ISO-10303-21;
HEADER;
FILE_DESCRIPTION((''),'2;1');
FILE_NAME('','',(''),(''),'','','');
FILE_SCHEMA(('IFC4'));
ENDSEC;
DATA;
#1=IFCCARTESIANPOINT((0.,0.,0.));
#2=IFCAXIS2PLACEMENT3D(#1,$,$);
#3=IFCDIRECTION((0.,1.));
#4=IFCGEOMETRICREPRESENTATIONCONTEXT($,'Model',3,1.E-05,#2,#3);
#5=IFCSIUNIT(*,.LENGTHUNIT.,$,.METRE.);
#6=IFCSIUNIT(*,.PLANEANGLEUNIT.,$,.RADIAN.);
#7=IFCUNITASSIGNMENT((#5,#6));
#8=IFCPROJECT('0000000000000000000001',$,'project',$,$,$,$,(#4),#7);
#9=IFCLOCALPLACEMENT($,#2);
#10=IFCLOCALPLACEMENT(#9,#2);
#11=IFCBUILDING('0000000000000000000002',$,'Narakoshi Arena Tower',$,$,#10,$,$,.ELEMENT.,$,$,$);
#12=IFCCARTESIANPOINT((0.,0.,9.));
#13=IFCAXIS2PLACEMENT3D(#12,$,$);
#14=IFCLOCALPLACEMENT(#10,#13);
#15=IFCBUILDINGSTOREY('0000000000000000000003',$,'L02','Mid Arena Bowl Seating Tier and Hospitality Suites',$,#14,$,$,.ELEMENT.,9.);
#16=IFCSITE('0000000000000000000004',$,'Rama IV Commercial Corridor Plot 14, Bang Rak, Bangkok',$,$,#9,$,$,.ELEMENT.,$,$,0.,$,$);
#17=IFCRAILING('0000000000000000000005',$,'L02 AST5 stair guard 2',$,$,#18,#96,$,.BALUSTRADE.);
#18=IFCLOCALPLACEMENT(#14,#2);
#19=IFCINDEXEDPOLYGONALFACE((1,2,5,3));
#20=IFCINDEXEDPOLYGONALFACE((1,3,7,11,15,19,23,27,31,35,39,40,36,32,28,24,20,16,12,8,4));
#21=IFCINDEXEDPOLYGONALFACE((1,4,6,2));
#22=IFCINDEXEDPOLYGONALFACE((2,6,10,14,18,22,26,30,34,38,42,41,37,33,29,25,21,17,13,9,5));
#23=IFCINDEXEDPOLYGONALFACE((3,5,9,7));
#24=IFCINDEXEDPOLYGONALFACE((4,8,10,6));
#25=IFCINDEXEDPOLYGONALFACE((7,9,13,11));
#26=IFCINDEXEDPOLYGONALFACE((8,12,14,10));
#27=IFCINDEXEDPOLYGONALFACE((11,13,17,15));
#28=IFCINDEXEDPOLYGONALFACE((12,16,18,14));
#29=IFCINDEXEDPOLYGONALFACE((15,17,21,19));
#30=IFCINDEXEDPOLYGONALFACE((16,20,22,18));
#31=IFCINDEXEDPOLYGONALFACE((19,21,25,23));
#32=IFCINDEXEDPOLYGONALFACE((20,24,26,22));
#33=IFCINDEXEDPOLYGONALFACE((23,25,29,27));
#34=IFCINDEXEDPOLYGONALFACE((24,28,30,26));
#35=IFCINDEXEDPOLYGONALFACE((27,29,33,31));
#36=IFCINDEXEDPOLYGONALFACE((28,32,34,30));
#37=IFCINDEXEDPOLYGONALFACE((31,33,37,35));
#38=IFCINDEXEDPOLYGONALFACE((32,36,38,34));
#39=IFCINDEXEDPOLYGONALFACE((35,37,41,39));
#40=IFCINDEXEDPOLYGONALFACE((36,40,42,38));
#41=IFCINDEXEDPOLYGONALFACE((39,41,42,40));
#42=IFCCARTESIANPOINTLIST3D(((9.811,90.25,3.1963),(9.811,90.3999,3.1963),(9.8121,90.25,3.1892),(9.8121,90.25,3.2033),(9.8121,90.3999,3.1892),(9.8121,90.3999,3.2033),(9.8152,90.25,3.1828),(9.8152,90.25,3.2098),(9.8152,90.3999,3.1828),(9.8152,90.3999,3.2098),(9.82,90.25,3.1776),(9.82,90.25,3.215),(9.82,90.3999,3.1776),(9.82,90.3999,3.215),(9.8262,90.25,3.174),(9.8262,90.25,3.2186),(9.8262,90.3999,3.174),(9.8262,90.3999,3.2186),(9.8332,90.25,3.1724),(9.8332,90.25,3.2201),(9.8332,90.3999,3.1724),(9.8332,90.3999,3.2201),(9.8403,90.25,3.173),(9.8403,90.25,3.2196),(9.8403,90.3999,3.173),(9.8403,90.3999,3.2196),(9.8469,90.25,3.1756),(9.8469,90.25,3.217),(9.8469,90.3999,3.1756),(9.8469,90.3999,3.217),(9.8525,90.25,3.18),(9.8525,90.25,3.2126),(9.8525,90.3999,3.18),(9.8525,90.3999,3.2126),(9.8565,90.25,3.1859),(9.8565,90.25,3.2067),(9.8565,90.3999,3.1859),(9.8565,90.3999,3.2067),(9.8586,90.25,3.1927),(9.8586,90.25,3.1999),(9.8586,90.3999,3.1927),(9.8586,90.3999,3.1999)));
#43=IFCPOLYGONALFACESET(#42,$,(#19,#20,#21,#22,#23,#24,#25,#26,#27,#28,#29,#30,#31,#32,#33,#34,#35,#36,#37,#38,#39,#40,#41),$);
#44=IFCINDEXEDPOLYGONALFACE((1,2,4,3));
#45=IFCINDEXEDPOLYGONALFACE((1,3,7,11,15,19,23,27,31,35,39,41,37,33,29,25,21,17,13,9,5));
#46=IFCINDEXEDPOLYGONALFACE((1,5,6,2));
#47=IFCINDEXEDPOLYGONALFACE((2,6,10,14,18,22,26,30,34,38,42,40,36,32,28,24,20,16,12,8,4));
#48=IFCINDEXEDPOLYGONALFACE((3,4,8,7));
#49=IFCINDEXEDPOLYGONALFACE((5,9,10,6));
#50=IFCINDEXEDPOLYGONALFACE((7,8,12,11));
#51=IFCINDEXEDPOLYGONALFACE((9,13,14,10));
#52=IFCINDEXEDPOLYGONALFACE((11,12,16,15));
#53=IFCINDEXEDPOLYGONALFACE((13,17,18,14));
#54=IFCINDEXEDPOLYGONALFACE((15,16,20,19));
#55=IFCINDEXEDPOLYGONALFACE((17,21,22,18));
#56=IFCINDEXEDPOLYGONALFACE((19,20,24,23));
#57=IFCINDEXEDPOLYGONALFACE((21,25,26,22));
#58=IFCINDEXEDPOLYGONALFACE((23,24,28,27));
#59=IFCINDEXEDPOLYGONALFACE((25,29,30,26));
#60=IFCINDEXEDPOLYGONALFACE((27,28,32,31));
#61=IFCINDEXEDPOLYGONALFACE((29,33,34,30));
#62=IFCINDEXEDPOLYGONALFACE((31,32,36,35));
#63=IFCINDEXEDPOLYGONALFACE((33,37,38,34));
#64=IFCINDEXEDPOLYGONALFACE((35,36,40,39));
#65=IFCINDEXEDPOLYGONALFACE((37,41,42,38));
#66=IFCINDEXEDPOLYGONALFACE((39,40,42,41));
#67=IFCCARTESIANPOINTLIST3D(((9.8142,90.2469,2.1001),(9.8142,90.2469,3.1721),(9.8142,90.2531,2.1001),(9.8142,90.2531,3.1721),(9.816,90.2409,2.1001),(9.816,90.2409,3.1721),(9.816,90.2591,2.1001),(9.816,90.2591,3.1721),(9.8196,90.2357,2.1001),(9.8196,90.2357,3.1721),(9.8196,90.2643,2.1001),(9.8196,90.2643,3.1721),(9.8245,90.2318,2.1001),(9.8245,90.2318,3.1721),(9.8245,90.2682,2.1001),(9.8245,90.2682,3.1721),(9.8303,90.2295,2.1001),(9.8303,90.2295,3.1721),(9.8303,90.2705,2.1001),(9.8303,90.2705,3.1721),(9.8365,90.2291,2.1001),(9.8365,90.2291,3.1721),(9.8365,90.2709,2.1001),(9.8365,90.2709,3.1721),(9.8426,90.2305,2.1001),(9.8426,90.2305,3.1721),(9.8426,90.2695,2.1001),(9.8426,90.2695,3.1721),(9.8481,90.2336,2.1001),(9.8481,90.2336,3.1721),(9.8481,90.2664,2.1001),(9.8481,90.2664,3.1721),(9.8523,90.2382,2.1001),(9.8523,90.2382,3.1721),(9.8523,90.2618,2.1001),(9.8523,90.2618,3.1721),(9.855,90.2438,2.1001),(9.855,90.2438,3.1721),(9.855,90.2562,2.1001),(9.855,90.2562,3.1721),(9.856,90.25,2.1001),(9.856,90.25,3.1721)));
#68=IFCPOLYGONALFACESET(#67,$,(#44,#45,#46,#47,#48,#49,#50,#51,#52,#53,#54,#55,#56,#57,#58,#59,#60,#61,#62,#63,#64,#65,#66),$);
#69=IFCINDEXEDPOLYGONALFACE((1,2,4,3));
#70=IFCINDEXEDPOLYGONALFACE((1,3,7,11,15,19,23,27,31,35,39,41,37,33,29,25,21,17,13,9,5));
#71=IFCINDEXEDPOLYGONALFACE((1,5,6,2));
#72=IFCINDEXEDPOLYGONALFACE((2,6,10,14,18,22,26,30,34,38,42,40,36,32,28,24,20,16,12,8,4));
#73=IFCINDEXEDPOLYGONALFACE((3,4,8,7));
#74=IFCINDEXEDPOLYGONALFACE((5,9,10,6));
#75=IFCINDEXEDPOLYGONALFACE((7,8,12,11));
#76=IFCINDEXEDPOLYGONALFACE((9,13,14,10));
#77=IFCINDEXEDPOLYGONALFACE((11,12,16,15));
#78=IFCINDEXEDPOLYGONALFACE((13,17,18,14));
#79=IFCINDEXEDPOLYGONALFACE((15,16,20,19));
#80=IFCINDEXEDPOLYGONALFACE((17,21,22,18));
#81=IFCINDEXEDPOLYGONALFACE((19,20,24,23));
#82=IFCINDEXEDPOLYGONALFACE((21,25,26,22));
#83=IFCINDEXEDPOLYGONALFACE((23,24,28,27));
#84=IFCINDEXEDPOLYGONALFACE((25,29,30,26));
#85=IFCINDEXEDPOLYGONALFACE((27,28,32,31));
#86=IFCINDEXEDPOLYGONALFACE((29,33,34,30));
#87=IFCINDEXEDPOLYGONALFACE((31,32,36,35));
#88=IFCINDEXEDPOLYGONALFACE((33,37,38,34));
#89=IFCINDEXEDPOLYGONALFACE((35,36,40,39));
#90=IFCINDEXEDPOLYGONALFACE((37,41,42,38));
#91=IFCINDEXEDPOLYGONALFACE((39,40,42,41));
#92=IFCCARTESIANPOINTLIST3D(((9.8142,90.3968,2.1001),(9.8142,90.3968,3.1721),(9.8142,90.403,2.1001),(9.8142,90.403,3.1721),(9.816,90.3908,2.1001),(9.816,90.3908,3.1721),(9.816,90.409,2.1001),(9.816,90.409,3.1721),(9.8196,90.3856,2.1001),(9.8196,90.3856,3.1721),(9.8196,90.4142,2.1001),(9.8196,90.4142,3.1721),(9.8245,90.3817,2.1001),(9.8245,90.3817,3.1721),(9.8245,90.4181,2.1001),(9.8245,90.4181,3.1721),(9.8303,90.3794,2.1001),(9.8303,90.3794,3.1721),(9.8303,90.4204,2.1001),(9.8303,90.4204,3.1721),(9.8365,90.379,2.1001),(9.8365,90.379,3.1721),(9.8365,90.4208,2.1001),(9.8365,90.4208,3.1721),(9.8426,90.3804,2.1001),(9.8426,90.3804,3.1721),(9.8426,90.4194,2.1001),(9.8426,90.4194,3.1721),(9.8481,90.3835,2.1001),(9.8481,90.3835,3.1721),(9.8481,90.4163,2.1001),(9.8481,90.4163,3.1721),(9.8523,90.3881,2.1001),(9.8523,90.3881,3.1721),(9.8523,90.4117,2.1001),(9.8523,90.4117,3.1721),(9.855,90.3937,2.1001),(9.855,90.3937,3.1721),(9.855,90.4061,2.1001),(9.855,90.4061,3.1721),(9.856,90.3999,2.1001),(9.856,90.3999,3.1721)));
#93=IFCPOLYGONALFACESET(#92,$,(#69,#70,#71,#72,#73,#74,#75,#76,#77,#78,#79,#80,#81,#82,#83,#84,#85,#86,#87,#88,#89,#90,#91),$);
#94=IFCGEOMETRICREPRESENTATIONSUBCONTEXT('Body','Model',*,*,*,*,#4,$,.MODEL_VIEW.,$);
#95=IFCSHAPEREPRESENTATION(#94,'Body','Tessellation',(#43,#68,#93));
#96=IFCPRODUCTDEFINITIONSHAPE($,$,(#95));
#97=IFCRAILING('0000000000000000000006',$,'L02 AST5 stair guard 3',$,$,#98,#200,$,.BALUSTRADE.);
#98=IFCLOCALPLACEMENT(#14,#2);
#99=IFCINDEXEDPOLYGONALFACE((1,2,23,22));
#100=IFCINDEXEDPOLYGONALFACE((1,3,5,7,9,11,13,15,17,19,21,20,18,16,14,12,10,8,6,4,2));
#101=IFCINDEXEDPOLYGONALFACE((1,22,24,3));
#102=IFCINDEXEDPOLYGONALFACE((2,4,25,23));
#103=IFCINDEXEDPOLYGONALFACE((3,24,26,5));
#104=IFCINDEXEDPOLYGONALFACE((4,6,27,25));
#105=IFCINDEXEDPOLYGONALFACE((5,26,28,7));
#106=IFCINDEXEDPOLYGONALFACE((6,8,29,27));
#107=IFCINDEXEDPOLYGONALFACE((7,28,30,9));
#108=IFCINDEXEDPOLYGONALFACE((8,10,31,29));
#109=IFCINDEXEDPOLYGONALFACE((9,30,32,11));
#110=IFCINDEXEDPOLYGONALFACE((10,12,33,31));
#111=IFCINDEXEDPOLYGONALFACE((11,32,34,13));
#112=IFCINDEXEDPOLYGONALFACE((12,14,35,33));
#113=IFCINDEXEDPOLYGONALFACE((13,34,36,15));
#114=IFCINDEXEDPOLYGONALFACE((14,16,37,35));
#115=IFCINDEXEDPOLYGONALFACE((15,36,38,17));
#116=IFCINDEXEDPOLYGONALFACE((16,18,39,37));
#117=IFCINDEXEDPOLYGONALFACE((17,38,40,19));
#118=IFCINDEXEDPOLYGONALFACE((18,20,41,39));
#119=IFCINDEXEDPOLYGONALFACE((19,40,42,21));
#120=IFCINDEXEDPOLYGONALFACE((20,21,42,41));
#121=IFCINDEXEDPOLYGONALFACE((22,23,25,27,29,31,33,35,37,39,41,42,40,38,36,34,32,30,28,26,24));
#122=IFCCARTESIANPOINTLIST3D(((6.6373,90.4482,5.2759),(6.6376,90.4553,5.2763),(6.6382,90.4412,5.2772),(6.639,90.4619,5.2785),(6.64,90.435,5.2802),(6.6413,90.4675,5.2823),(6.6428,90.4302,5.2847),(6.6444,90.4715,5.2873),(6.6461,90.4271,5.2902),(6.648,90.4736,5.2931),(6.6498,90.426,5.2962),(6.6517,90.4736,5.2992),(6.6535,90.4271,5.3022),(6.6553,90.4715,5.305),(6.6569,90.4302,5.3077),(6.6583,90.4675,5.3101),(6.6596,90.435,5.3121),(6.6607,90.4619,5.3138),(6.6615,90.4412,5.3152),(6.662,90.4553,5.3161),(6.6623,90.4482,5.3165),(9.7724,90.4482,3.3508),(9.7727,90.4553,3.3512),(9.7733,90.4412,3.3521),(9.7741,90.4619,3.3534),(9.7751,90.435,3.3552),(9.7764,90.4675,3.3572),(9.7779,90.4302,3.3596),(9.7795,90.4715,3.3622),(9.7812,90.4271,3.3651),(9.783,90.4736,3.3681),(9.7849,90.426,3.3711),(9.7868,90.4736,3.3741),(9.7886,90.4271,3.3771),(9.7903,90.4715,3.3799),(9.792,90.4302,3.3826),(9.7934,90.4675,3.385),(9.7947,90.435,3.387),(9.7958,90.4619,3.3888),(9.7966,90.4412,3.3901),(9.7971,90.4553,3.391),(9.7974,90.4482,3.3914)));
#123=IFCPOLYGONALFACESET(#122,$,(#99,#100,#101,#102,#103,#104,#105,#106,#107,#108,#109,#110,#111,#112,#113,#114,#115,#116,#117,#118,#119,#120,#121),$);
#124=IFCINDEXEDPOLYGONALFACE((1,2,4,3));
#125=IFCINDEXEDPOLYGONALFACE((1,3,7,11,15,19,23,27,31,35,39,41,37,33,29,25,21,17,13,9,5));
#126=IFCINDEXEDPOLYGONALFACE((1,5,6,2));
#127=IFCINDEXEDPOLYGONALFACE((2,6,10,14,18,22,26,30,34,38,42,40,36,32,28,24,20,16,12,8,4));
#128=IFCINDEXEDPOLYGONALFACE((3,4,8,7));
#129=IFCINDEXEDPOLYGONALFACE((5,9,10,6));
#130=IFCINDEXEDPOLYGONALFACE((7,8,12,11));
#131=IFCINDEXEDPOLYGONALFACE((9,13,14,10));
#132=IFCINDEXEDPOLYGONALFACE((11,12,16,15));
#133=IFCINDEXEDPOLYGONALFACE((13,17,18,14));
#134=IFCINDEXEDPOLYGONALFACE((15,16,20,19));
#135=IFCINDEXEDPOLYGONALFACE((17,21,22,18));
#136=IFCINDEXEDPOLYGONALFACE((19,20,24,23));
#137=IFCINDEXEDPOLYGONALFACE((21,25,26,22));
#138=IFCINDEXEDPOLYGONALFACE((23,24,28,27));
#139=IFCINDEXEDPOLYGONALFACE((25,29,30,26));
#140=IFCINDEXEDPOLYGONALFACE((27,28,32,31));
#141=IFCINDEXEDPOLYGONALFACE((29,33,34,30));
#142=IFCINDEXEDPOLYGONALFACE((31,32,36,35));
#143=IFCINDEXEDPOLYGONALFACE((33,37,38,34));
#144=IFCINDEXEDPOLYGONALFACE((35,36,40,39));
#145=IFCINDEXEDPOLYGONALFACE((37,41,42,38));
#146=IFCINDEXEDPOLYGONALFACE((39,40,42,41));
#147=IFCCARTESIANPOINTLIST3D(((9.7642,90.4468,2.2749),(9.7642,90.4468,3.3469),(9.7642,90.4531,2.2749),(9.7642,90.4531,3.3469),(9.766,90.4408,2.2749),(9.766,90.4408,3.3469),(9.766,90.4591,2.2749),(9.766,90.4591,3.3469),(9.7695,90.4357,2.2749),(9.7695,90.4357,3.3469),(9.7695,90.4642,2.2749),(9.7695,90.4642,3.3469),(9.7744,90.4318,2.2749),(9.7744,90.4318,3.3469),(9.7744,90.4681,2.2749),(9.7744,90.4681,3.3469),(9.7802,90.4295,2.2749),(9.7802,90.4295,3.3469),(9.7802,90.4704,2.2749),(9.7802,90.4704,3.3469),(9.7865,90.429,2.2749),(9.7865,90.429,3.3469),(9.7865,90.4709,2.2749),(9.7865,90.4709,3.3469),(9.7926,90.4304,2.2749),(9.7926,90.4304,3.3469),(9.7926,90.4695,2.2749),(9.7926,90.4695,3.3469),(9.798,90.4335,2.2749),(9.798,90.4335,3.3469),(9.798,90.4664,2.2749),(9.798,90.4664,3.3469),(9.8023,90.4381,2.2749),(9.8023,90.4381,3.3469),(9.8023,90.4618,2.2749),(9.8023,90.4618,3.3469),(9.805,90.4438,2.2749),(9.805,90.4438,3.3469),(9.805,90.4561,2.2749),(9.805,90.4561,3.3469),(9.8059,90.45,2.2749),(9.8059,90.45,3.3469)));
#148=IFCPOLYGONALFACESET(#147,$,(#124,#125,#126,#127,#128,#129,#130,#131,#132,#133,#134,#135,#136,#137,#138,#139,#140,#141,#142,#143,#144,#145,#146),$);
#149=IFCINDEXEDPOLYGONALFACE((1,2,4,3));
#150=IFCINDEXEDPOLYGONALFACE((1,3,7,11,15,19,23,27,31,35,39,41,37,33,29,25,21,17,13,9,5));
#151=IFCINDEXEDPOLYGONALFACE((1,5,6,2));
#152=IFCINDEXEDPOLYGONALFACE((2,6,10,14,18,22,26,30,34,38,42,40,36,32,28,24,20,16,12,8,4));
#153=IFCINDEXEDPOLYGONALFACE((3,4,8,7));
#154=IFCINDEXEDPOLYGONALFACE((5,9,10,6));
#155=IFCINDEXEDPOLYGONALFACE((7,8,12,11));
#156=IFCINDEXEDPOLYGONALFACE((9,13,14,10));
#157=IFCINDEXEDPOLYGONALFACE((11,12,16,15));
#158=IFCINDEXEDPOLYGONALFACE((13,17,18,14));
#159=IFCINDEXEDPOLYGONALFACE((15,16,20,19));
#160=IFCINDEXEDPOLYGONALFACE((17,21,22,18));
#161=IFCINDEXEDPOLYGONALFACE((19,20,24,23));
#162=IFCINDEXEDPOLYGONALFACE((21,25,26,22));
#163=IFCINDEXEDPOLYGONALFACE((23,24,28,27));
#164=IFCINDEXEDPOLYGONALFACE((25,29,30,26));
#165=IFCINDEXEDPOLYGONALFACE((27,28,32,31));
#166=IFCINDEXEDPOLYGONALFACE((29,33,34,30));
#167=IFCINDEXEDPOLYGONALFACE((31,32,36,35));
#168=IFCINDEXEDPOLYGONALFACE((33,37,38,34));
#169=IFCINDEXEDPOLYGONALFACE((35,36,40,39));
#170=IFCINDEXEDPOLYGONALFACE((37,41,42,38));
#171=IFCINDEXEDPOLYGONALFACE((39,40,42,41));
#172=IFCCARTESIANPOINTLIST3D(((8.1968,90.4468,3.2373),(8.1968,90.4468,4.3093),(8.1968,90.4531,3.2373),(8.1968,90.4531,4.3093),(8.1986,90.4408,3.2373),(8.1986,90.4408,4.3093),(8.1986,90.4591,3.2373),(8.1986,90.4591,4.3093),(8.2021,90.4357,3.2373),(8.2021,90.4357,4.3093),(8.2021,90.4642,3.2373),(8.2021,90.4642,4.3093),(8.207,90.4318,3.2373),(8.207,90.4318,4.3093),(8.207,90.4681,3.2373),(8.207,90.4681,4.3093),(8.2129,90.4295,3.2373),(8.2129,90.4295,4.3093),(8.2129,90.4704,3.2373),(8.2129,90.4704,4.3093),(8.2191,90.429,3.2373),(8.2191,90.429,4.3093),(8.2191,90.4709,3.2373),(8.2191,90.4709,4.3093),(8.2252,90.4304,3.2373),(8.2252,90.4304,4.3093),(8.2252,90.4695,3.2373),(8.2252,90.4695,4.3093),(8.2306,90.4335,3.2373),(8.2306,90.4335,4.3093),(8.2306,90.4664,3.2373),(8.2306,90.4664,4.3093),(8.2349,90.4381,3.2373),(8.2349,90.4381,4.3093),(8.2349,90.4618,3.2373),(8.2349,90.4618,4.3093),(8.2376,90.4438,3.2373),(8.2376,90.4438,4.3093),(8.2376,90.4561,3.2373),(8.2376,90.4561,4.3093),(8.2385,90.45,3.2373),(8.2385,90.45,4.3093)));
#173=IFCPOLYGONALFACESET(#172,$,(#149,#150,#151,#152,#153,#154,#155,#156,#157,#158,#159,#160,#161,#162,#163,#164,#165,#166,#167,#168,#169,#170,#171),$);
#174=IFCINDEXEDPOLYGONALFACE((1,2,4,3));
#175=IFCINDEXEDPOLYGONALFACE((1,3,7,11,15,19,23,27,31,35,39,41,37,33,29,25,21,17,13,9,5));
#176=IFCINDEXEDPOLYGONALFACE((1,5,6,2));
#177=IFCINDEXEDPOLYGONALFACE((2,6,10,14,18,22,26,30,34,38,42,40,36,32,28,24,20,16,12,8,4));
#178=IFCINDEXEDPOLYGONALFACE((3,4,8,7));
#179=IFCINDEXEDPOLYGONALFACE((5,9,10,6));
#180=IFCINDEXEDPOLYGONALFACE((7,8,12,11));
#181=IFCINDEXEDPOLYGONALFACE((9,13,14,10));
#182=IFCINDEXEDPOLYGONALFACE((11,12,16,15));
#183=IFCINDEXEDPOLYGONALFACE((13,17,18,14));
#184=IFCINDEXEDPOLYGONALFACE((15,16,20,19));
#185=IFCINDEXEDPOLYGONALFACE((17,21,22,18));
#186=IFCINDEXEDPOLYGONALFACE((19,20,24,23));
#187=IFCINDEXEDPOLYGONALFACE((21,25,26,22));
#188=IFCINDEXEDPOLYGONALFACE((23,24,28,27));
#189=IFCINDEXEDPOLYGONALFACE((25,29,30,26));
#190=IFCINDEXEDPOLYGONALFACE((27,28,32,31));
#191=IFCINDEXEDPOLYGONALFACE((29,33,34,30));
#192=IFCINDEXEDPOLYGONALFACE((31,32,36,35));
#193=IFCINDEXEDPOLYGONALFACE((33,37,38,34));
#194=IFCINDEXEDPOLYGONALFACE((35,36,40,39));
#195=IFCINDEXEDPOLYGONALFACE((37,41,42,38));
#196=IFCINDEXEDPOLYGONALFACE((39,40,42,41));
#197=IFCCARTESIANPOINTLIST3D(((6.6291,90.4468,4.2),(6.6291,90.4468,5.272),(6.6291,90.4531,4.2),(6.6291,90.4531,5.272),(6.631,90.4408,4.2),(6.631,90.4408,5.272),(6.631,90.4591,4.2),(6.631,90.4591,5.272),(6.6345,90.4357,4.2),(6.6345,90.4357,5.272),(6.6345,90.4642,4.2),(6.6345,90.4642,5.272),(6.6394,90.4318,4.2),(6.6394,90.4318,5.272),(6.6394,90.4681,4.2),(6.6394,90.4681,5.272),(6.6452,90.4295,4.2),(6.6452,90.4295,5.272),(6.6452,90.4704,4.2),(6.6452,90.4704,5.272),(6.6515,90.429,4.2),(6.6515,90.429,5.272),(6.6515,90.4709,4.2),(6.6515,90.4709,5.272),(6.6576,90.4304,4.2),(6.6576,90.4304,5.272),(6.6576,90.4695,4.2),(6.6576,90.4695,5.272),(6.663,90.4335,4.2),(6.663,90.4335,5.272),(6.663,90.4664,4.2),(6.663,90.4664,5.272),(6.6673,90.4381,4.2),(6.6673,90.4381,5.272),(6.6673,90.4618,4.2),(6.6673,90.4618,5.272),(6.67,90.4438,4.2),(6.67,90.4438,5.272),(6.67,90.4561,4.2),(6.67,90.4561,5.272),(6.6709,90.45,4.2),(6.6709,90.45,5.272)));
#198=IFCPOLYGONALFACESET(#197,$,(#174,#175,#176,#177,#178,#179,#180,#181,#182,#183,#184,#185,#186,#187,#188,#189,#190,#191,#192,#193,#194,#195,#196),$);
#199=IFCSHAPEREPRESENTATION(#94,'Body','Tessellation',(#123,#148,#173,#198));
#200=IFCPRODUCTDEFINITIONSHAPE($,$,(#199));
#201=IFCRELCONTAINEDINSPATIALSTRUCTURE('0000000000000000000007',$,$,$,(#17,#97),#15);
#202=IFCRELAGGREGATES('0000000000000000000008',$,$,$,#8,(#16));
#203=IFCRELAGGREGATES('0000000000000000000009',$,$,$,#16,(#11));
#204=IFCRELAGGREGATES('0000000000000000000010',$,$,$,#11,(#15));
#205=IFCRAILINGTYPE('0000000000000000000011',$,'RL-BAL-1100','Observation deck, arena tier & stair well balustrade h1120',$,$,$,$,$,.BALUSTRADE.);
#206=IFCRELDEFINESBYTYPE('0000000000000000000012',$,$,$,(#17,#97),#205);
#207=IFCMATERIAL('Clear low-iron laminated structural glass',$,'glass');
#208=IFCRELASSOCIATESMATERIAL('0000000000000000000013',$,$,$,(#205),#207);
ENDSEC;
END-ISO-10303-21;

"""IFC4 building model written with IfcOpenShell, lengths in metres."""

from ifc_helpers import new_model, si_unit, direction, frame, origin, origin_2d, place, context, subcontext, project, spatial, circle, extrude, material, type_object, element, save


model = new_model("IFC4")

# Units and contexts
model_context = context("Model", 3, precision=1e-05, world=origin(), true_north=direction((0.0, 1.0)))
body_context = subcontext(model_context, "Body", "Model", "MODEL_VIEW")
ifc_project = project(units=[si_unit("LENGTHUNIT", "METRE"), si_unit("PLANEANGLEUNIT", "RADIAN")], contexts=[model_context])

# Site, building, storey
site_placement = place(None, origin())
site = spatial("IfcSite", under=ifc_project, at=site_placement, Name="Rama IV Commercial Corridor Plot 14, Bang Rak, Bangkok", CompositionType="ELEMENT", RefElevation=0.0)
building_placement = place(site_placement, origin())
building = spatial("IfcBuilding", under=site, at=building_placement, Name="Narakoshi Arena Tower", CompositionType="ELEMENT")
storey_placement = place(building_placement, frame((0.0, 0.0, 9.0)))
storey = spatial("IfcBuildingStorey", under=building, at=storey_placement, Name="L02", Description="Mid Arena Bowl Seating Tier and Hospitality Suites", CompositionType="ELEMENT", Elevation=9.0)

# Railings
ifc_material_1 = material(Name="Clear low-iron laminated structural glass", Category="glass")
railing_type_1 = type_object("IfcRailingType", Name="RL-BAL-1100", Description="Observation deck, arena tier & stair well balustrade h1120", PredefinedType="BALUSTRADE", material=ifc_material_1)
railing_1_placement = place(storey_placement, frame((9.835, 90.25, 2.1001)))
element("IfcRailing", 1, at=railing_1_placement, inside=storey, type_object=railing_type_1, Name="L02 AST5 stair guard 2", PredefinedType="BALUSTRADE", context=body_context, shape_type="SweptSolid", body=[
    extrude(circle(Radius=0.0239, at=origin_2d()), frame((0.0, 0.0, 1.0962), z_axis=(0.0, 1.0, 0.0), x_axis=(-1.0, 0.0, 0.0)), (0.0, 0.0, 1.0), 0.1499),
    extrude(circle(Radius=0.021, at=origin_2d()), origin(), (0.0, 0.0, 1.0), 1.072),
    extrude(circle(Radius=0.021, at=origin_2d()), frame((0.0, 0.1499, 0.0)), (0.0, 0.0, 1.0), 1.072),
])
railing_2_placement = place(storey_placement, frame((9.7849, 90.45, 2.2749)))
element("IfcRailing", 2, at=railing_2_placement, inside=storey, type_object=railing_type_1, Name="L02 AST5 stair guard 3", PredefinedType="BALUSTRADE", context=body_context, shape_type="SweptSolid", body=[
    extrude(circle(Radius=0.0239, at=origin_2d()), frame((0.0, 0.0, 1.0962), z_axis=(-0.852166, 0.0, 0.523271), x_axis=(0.0, -1.0, 0.0)), (0.0, 0.0, 1.0), 3.679),
    extrude(circle(Radius=0.021, at=origin_2d()), origin(), (0.0, 0.0, 1.0), 1.072),
    extrude(circle(Radius=0.021, at=origin_2d()), frame((-1.5674, 0.0, 0.9624)), (0.0, 0.0, 1.0), 1.072),
    extrude(circle(Radius=0.021, at=origin_2d()), frame((-3.135, 0.0, 1.925)), (0.0, 0.0, 1.0), 1.072),
])

save(model, "model.ifc")
